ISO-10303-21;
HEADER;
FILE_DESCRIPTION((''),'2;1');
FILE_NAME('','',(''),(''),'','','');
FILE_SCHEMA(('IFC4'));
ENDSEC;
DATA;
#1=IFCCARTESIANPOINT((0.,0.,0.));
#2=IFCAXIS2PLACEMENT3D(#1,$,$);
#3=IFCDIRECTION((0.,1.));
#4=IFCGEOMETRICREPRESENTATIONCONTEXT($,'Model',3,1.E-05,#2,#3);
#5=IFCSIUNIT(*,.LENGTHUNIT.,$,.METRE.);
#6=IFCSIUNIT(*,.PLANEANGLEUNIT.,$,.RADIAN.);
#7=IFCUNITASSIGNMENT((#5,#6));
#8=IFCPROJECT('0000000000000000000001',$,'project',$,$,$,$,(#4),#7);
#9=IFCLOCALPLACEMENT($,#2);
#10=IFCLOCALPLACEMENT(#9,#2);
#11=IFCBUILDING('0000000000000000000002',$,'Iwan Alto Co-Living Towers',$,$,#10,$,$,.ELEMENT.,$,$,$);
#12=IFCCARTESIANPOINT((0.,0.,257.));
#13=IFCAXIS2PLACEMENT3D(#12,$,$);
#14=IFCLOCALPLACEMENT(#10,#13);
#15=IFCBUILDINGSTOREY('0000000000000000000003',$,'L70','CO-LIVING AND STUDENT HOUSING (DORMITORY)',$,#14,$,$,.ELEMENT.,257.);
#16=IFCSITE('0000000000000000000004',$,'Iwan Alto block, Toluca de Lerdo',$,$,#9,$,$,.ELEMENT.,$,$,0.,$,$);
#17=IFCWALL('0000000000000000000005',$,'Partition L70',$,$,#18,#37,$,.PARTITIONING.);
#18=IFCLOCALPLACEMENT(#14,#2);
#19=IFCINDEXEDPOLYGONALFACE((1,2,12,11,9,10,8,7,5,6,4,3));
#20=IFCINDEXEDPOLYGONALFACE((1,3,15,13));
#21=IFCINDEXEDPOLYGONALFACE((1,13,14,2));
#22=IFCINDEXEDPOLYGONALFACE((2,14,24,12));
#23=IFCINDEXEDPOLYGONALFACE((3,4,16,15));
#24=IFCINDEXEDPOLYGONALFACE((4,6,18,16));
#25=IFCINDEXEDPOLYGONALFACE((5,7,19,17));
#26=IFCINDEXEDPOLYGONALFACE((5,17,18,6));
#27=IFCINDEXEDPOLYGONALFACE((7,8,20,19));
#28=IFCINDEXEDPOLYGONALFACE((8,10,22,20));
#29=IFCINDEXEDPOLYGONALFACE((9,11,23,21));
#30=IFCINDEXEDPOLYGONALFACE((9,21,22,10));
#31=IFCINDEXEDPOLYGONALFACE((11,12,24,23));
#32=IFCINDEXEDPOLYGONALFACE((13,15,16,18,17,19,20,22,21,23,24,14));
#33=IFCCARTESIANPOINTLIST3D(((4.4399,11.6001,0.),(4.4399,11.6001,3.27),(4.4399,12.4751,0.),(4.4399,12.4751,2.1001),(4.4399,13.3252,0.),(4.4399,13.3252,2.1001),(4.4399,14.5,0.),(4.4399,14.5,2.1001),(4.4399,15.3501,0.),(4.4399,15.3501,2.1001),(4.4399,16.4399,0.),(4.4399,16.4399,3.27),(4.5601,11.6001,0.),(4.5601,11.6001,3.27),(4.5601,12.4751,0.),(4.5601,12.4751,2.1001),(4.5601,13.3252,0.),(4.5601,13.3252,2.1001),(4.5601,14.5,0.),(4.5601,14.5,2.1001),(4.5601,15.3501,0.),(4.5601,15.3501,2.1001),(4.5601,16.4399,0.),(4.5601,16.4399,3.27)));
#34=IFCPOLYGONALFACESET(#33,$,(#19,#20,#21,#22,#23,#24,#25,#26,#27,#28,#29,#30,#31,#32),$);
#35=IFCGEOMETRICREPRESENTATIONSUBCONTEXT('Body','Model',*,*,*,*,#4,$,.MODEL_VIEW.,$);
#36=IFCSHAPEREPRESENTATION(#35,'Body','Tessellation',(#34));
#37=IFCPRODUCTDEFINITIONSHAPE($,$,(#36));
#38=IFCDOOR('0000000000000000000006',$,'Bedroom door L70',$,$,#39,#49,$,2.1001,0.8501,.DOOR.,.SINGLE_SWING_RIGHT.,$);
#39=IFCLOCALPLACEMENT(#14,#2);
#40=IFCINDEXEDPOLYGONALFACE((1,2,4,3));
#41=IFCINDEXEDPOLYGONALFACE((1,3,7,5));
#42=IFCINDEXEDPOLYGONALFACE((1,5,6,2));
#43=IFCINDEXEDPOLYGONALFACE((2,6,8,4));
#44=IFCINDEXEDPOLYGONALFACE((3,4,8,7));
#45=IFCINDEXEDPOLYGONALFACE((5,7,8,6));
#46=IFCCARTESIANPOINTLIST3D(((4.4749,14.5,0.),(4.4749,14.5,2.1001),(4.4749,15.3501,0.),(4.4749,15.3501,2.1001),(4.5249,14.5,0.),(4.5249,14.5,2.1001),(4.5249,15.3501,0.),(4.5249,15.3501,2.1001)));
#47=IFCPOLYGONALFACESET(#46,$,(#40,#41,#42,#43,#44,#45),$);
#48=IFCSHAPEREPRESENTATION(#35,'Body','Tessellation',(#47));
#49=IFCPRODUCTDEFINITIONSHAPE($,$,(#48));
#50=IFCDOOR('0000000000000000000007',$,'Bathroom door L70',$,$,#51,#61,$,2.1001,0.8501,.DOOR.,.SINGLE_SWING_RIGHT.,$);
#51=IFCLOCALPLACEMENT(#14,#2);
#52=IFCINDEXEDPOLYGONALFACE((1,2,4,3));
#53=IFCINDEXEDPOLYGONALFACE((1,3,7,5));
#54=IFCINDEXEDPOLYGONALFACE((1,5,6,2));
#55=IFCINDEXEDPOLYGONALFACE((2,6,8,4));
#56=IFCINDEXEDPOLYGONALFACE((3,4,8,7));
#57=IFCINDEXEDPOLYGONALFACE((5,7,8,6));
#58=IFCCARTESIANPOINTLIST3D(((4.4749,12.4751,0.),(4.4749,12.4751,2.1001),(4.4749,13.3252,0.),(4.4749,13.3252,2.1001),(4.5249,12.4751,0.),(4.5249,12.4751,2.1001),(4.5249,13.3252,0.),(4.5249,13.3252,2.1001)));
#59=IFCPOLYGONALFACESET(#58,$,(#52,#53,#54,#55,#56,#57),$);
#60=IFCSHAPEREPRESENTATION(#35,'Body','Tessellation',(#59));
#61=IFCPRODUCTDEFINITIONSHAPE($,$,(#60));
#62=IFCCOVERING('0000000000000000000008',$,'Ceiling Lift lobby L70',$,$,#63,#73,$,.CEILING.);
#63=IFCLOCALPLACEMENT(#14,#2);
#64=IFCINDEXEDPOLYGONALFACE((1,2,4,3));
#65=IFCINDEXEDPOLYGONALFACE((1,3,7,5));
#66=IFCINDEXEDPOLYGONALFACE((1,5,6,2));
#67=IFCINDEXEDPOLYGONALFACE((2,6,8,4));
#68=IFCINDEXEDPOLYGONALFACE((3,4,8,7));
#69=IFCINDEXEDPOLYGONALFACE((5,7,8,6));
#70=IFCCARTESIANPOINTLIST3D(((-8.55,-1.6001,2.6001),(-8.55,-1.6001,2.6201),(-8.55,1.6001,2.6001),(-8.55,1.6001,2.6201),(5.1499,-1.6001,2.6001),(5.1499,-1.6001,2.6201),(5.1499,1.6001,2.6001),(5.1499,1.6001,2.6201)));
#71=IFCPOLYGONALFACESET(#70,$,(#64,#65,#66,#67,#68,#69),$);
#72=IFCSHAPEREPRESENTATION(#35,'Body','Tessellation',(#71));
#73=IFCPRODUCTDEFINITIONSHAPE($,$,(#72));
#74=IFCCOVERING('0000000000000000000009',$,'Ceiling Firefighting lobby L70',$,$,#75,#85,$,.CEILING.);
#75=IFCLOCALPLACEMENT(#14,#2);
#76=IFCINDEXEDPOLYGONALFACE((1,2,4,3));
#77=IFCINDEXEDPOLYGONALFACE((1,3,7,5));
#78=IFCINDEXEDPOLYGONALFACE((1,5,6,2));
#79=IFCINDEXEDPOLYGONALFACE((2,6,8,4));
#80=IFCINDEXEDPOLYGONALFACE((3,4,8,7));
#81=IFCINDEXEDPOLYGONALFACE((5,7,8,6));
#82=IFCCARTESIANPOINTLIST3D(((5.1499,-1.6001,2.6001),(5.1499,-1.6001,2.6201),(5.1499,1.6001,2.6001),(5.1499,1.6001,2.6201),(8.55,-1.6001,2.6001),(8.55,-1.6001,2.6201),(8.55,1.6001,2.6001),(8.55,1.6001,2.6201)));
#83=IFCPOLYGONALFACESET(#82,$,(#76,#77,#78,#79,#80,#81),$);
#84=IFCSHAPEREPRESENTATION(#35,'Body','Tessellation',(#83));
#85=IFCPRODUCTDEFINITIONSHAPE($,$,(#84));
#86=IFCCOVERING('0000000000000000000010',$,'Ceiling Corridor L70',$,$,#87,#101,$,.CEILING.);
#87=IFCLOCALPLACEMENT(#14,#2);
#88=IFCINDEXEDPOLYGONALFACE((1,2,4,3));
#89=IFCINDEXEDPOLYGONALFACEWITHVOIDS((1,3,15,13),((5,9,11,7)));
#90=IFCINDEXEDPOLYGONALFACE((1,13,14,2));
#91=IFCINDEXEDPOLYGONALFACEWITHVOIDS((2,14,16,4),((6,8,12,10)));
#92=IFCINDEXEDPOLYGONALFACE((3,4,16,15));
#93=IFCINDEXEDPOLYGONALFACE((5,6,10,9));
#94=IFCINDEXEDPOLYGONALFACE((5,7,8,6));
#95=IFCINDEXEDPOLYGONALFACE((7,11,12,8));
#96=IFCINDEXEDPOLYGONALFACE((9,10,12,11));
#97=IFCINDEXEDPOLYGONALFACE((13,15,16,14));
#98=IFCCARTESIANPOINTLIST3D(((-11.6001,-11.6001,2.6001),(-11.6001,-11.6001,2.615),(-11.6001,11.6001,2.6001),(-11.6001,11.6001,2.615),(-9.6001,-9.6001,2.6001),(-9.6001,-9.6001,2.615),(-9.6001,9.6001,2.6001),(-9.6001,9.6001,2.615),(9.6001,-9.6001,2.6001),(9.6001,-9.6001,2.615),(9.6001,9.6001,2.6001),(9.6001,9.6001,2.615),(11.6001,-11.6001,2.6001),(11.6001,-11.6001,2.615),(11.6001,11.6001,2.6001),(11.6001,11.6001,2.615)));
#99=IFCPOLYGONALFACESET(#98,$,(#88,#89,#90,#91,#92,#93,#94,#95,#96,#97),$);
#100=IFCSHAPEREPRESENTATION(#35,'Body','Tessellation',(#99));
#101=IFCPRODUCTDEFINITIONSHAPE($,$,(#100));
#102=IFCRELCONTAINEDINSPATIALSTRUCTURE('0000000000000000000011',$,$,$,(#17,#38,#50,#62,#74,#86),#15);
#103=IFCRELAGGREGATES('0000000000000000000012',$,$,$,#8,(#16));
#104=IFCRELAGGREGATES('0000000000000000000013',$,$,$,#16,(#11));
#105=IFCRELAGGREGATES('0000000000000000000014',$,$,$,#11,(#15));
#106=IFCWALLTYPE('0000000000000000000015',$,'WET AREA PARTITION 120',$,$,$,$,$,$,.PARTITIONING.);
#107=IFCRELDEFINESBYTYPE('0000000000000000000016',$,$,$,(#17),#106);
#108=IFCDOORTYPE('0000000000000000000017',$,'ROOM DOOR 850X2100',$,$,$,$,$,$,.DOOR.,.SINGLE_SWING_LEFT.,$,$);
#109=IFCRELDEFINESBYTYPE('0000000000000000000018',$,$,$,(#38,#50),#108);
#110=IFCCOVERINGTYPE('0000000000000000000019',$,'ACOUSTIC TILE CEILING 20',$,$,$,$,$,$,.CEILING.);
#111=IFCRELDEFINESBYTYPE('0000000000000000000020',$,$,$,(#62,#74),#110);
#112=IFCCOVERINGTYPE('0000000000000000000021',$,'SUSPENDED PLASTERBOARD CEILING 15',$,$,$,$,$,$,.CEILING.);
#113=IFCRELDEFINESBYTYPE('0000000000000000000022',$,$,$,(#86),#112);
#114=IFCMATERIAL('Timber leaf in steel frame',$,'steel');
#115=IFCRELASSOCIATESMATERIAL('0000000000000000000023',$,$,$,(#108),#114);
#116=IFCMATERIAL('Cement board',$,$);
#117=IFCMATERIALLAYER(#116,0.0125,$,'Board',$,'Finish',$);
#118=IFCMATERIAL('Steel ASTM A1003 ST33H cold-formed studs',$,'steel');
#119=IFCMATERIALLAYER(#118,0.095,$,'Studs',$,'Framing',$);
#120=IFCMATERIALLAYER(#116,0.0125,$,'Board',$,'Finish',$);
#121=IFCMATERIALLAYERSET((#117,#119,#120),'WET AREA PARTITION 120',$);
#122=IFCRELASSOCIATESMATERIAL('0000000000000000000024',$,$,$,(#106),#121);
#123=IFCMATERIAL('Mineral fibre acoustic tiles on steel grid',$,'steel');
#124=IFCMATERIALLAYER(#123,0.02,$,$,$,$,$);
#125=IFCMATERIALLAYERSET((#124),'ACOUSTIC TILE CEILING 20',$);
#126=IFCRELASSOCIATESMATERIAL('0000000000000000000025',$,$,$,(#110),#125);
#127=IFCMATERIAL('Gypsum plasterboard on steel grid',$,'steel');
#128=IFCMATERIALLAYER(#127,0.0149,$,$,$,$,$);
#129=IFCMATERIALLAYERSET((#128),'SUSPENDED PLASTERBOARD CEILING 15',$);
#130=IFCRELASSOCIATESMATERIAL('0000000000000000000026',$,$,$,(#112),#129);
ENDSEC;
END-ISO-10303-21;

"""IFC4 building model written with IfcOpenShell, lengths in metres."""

from ifc_helpers import new_model, si_unit, direction, frame, frame_2d, origin, place, context, subcontext, project, spatial, polyline, rectangle, outline, extrude, material, layer, layer_set, type_object, element, fill, save


model = new_model("IFC4")

# Units and contexts
model_context = context("Model", 3, precision=1e-05, world=origin(), true_north=direction((0.0, 1.0)))
body_context = subcontext(model_context, "Body", "Model", "MODEL_VIEW")
ifc_project = project(units=[si_unit("LENGTHUNIT", "METRE"), si_unit("PLANEANGLEUNIT", "RADIAN")], contexts=[model_context])

# Site, building, storey
site_placement = place(None, origin())
site = spatial("IfcSite", under=ifc_project, at=site_placement, Name="Iwan Alto block, Toluca de Lerdo", CompositionType="ELEMENT", RefElevation=0.0)
building_placement = place(site_placement, origin())
building = spatial("IfcBuilding", under=site, at=building_placement, Name="Iwan Alto Co-Living Towers", CompositionType="ELEMENT")
storey_placement = place(building_placement, frame((0.0, 0.0, 257.0)))
storey = spatial("IfcBuildingStorey", under=building, at=storey_placement, Name="L70", Description="CO-LIVING AND STUDENT HOUSING (DORMITORY)", CompositionType="ELEMENT", Elevation=257.0)

# Shared definitions
ifc_material_1 = material(Name="Steel ASTM A1003 ST33H cold-formed studs", Category="steel")

# Shared definitions
ifc_material_2 = material(Name="Timber leaf in steel frame", Category="steel")
door_type_1 = type_object("IfcDoorType", Name="ROOM DOOR 850X2100", OperationType="SINGLE_SWING_LEFT", PredefinedType="DOOR", material=ifc_material_2)

# Shared definitions
ifc_material_3 = material(Name="Cement board")
ifc_layer_1 = layer(ifc_material_3, 0.0125, Name="Board", Category="Finish")
ifc_layer_2 = layer(ifc_material_1, 0.095, Name="Studs", Category="Framing")
ifc_layer_3 = layer(ifc_material_3, 0.0125, Name="Board", Category="Finish")
ifc_layer_set_1 = layer_set([ifc_layer_1, ifc_layer_2, ifc_layer_3], Name="WET AREA PARTITION 120")
wall_type_1 = type_object("IfcWallType", Name="WET AREA PARTITION 120", PredefinedType="PARTITIONING", material=ifc_layer_set_1)

# Wall, openings, doors
wall_1_placement = place(storey_placement, frame((4.5, 11.6001, 0.0), z_axis=(0.0, 0.0, 1.0), x_axis=(0.0, 1.0, 0.0)))
wall_1 = element("IfcWall", 1, at=wall_1_placement, inside=storey, type_object=wall_type_1, Name="Partition L70", PredefinedType="PARTITIONING", context=body_context, shape_type="SweptSolid", body=[
    extrude(rectangle(XDim=4.8398, YDim=0.1201, at=frame_2d((2.4199, 0.0))), origin(), (0.0, 0.0, 1.0), 3.27),
])
opening_1_placement = place(wall_1_placement, frame((2.8999, 0.0, 0.0)))
opening_1 = element("IfcOpeningElement", 2, at=opening_1_placement, cuts=wall_1, PredefinedType="OPENING", context=body_context, shape_type="SweptSolid", body=[
    extrude(rectangle(XDim=0.8501, YDim=2.1001, at=frame_2d((0.425, 1.05))), frame((0.0, 0.0701, 0.0), z_axis=(0.0, -1.0, 0.0), x_axis=(1.0, 0.0, 0.0)), (0.0, 0.0, 1.0), 0.1401),
])
opening_2_placement = place(wall_1_placement, frame((0.875, 0.0, 0.0)))
opening_2 = element("IfcOpeningElement", 3, at=opening_2_placement, cuts=wall_1, PredefinedType="OPENING", context=body_context, shape_type="SweptSolid", body=[
    extrude(rectangle(XDim=0.8501, YDim=2.1001, at=frame_2d((0.425, 1.05))), frame((0.0, 0.0701, 0.0), z_axis=(0.0, -1.0, 0.0), x_axis=(1.0, 0.0, 0.0)), (0.0, 0.0, 1.0), 0.1401),
])
door_1_placement = place(opening_1_placement, frame((0.8501, 0.0, 0.0), z_axis=(0.0, 0.0, 1.0), x_axis=(-1.0, 0.0, 0.0)))
door_1 = element("IfcDoor", 4, at=door_1_placement, inside=storey, type_object=door_type_1, Name="Bedroom door L70", OperationType="SINGLE_SWING_RIGHT", OverallHeight=2.1001, OverallWidth=0.8501, PredefinedType="DOOR", context=body_context, shape_type="SweptSolid", body=[
    extrude(rectangle(XDim=0.8501, YDim=2.1001, at=frame_2d((0.425, 1.05))), frame((0.0, 0.0249, 0.0), z_axis=(0.0, -1.0, 0.0), x_axis=(1.0, 0.0, 0.0)), (0.0, 0.0, 1.0), 0.05),
])
fill(opening_1, door_1)
door_2_placement = place(opening_2_placement, frame((0.8501, 0.0, 0.0), z_axis=(0.0, 0.0, 1.0), x_axis=(-1.0, 0.0, 0.0)))
door_2 = element("IfcDoor", 5, at=door_2_placement, inside=storey, type_object=door_type_1, Name="Bathroom door L70", OperationType="SINGLE_SWING_RIGHT", OverallHeight=2.1001, OverallWidth=0.8501, PredefinedType="DOOR", context=body_context, shape_type="SweptSolid", body=[
    extrude(rectangle(XDim=0.8501, YDim=2.1001, at=frame_2d((0.425, 1.05))), frame((0.0, 0.0249, 0.0), z_axis=(0.0, -1.0, 0.0), x_axis=(1.0, 0.0, 0.0)), (0.0, 0.0, 1.0), 0.05),
])
fill(opening_2, door_2)

# Coverings
ifc_material_4 = material(Name="Mineral fibre acoustic tiles on steel grid", Category="steel")
ifc_layer_4 = layer(ifc_material_4, 0.02)
ifc_layer_set_2 = layer_set([ifc_layer_4], Name="ACOUSTIC TILE CEILING 20")
covering_type_1 = type_object("IfcCoveringType", Name="ACOUSTIC TILE CEILING 20", PredefinedType="CEILING", material=ifc_layer_set_2)
covering_1_placement = place(storey_placement, frame((0.0, 0.0, 2.6001)))
element("IfcCovering", 6, at=covering_1_placement, inside=storey, type_object=covering_type_1, Name="Ceiling Lift lobby L70", PredefinedType="CEILING", context=body_context, shape_type="SweptSolid", body=[
    extrude(outline(polyline([(-8.55, -1.6001), (-8.55, 1.6001), (5.1499, 1.6001), (5.1499, -1.6001), (-8.55, -1.6001)])), origin(), (0.0, 0.0, 1.0), 0.02),
])
covering_2_placement = place(storey_placement, frame((0.0, 0.0, 2.6001)))
element("IfcCovering", 7, at=covering_2_placement, inside=storey, type_object=covering_type_1, Name="Ceiling Firefighting lobby L70", PredefinedType="CEILING", context=body_context, shape_type="SweptSolid", body=[
    extrude(outline(polyline([(5.1499, -1.6001), (5.1499, 1.6001), (8.55, 1.6001), (8.55, -1.6001), (5.1499, -1.6001)])), origin(), (0.0, 0.0, 1.0), 0.02),
])
ifc_material_5 = material(Name="Gypsum plasterboard on steel grid", Category="steel")
ifc_layer_5 = layer(ifc_material_5, 0.0149)
ifc_layer_set_3 = layer_set([ifc_layer_5], Name="SUSPENDED PLASTERBOARD CEILING 15")
covering_type_2 = type_object("IfcCoveringType", Name="SUSPENDED PLASTERBOARD CEILING 15", PredefinedType="CEILING", material=ifc_layer_set_3)
covering_3_placement = place(storey_placement, frame((0.0, 0.0, 2.6001)))
element("IfcCovering", 8, at=covering_3_placement, inside=storey, type_object=covering_type_2, Name="Ceiling Corridor L70", PredefinedType="CEILING", context=body_context, shape_type="SweptSolid", body=[
    extrude(outline(polyline([(-11.6001, 11.6001), (11.6001, 11.6001), (11.6001, -11.6001), (-11.6001, -11.6001), (-11.6001, 11.6001)]), holes=[polyline([(-9.6001, 9.6001), (-9.6001, -9.6001), (9.6001, -9.6001), (9.6001, 9.6001), (-9.6001, 9.6001)])]), origin(), (0.0, 0.0, 1.0), 0.0149),
])

save(model, "model.ifc")
